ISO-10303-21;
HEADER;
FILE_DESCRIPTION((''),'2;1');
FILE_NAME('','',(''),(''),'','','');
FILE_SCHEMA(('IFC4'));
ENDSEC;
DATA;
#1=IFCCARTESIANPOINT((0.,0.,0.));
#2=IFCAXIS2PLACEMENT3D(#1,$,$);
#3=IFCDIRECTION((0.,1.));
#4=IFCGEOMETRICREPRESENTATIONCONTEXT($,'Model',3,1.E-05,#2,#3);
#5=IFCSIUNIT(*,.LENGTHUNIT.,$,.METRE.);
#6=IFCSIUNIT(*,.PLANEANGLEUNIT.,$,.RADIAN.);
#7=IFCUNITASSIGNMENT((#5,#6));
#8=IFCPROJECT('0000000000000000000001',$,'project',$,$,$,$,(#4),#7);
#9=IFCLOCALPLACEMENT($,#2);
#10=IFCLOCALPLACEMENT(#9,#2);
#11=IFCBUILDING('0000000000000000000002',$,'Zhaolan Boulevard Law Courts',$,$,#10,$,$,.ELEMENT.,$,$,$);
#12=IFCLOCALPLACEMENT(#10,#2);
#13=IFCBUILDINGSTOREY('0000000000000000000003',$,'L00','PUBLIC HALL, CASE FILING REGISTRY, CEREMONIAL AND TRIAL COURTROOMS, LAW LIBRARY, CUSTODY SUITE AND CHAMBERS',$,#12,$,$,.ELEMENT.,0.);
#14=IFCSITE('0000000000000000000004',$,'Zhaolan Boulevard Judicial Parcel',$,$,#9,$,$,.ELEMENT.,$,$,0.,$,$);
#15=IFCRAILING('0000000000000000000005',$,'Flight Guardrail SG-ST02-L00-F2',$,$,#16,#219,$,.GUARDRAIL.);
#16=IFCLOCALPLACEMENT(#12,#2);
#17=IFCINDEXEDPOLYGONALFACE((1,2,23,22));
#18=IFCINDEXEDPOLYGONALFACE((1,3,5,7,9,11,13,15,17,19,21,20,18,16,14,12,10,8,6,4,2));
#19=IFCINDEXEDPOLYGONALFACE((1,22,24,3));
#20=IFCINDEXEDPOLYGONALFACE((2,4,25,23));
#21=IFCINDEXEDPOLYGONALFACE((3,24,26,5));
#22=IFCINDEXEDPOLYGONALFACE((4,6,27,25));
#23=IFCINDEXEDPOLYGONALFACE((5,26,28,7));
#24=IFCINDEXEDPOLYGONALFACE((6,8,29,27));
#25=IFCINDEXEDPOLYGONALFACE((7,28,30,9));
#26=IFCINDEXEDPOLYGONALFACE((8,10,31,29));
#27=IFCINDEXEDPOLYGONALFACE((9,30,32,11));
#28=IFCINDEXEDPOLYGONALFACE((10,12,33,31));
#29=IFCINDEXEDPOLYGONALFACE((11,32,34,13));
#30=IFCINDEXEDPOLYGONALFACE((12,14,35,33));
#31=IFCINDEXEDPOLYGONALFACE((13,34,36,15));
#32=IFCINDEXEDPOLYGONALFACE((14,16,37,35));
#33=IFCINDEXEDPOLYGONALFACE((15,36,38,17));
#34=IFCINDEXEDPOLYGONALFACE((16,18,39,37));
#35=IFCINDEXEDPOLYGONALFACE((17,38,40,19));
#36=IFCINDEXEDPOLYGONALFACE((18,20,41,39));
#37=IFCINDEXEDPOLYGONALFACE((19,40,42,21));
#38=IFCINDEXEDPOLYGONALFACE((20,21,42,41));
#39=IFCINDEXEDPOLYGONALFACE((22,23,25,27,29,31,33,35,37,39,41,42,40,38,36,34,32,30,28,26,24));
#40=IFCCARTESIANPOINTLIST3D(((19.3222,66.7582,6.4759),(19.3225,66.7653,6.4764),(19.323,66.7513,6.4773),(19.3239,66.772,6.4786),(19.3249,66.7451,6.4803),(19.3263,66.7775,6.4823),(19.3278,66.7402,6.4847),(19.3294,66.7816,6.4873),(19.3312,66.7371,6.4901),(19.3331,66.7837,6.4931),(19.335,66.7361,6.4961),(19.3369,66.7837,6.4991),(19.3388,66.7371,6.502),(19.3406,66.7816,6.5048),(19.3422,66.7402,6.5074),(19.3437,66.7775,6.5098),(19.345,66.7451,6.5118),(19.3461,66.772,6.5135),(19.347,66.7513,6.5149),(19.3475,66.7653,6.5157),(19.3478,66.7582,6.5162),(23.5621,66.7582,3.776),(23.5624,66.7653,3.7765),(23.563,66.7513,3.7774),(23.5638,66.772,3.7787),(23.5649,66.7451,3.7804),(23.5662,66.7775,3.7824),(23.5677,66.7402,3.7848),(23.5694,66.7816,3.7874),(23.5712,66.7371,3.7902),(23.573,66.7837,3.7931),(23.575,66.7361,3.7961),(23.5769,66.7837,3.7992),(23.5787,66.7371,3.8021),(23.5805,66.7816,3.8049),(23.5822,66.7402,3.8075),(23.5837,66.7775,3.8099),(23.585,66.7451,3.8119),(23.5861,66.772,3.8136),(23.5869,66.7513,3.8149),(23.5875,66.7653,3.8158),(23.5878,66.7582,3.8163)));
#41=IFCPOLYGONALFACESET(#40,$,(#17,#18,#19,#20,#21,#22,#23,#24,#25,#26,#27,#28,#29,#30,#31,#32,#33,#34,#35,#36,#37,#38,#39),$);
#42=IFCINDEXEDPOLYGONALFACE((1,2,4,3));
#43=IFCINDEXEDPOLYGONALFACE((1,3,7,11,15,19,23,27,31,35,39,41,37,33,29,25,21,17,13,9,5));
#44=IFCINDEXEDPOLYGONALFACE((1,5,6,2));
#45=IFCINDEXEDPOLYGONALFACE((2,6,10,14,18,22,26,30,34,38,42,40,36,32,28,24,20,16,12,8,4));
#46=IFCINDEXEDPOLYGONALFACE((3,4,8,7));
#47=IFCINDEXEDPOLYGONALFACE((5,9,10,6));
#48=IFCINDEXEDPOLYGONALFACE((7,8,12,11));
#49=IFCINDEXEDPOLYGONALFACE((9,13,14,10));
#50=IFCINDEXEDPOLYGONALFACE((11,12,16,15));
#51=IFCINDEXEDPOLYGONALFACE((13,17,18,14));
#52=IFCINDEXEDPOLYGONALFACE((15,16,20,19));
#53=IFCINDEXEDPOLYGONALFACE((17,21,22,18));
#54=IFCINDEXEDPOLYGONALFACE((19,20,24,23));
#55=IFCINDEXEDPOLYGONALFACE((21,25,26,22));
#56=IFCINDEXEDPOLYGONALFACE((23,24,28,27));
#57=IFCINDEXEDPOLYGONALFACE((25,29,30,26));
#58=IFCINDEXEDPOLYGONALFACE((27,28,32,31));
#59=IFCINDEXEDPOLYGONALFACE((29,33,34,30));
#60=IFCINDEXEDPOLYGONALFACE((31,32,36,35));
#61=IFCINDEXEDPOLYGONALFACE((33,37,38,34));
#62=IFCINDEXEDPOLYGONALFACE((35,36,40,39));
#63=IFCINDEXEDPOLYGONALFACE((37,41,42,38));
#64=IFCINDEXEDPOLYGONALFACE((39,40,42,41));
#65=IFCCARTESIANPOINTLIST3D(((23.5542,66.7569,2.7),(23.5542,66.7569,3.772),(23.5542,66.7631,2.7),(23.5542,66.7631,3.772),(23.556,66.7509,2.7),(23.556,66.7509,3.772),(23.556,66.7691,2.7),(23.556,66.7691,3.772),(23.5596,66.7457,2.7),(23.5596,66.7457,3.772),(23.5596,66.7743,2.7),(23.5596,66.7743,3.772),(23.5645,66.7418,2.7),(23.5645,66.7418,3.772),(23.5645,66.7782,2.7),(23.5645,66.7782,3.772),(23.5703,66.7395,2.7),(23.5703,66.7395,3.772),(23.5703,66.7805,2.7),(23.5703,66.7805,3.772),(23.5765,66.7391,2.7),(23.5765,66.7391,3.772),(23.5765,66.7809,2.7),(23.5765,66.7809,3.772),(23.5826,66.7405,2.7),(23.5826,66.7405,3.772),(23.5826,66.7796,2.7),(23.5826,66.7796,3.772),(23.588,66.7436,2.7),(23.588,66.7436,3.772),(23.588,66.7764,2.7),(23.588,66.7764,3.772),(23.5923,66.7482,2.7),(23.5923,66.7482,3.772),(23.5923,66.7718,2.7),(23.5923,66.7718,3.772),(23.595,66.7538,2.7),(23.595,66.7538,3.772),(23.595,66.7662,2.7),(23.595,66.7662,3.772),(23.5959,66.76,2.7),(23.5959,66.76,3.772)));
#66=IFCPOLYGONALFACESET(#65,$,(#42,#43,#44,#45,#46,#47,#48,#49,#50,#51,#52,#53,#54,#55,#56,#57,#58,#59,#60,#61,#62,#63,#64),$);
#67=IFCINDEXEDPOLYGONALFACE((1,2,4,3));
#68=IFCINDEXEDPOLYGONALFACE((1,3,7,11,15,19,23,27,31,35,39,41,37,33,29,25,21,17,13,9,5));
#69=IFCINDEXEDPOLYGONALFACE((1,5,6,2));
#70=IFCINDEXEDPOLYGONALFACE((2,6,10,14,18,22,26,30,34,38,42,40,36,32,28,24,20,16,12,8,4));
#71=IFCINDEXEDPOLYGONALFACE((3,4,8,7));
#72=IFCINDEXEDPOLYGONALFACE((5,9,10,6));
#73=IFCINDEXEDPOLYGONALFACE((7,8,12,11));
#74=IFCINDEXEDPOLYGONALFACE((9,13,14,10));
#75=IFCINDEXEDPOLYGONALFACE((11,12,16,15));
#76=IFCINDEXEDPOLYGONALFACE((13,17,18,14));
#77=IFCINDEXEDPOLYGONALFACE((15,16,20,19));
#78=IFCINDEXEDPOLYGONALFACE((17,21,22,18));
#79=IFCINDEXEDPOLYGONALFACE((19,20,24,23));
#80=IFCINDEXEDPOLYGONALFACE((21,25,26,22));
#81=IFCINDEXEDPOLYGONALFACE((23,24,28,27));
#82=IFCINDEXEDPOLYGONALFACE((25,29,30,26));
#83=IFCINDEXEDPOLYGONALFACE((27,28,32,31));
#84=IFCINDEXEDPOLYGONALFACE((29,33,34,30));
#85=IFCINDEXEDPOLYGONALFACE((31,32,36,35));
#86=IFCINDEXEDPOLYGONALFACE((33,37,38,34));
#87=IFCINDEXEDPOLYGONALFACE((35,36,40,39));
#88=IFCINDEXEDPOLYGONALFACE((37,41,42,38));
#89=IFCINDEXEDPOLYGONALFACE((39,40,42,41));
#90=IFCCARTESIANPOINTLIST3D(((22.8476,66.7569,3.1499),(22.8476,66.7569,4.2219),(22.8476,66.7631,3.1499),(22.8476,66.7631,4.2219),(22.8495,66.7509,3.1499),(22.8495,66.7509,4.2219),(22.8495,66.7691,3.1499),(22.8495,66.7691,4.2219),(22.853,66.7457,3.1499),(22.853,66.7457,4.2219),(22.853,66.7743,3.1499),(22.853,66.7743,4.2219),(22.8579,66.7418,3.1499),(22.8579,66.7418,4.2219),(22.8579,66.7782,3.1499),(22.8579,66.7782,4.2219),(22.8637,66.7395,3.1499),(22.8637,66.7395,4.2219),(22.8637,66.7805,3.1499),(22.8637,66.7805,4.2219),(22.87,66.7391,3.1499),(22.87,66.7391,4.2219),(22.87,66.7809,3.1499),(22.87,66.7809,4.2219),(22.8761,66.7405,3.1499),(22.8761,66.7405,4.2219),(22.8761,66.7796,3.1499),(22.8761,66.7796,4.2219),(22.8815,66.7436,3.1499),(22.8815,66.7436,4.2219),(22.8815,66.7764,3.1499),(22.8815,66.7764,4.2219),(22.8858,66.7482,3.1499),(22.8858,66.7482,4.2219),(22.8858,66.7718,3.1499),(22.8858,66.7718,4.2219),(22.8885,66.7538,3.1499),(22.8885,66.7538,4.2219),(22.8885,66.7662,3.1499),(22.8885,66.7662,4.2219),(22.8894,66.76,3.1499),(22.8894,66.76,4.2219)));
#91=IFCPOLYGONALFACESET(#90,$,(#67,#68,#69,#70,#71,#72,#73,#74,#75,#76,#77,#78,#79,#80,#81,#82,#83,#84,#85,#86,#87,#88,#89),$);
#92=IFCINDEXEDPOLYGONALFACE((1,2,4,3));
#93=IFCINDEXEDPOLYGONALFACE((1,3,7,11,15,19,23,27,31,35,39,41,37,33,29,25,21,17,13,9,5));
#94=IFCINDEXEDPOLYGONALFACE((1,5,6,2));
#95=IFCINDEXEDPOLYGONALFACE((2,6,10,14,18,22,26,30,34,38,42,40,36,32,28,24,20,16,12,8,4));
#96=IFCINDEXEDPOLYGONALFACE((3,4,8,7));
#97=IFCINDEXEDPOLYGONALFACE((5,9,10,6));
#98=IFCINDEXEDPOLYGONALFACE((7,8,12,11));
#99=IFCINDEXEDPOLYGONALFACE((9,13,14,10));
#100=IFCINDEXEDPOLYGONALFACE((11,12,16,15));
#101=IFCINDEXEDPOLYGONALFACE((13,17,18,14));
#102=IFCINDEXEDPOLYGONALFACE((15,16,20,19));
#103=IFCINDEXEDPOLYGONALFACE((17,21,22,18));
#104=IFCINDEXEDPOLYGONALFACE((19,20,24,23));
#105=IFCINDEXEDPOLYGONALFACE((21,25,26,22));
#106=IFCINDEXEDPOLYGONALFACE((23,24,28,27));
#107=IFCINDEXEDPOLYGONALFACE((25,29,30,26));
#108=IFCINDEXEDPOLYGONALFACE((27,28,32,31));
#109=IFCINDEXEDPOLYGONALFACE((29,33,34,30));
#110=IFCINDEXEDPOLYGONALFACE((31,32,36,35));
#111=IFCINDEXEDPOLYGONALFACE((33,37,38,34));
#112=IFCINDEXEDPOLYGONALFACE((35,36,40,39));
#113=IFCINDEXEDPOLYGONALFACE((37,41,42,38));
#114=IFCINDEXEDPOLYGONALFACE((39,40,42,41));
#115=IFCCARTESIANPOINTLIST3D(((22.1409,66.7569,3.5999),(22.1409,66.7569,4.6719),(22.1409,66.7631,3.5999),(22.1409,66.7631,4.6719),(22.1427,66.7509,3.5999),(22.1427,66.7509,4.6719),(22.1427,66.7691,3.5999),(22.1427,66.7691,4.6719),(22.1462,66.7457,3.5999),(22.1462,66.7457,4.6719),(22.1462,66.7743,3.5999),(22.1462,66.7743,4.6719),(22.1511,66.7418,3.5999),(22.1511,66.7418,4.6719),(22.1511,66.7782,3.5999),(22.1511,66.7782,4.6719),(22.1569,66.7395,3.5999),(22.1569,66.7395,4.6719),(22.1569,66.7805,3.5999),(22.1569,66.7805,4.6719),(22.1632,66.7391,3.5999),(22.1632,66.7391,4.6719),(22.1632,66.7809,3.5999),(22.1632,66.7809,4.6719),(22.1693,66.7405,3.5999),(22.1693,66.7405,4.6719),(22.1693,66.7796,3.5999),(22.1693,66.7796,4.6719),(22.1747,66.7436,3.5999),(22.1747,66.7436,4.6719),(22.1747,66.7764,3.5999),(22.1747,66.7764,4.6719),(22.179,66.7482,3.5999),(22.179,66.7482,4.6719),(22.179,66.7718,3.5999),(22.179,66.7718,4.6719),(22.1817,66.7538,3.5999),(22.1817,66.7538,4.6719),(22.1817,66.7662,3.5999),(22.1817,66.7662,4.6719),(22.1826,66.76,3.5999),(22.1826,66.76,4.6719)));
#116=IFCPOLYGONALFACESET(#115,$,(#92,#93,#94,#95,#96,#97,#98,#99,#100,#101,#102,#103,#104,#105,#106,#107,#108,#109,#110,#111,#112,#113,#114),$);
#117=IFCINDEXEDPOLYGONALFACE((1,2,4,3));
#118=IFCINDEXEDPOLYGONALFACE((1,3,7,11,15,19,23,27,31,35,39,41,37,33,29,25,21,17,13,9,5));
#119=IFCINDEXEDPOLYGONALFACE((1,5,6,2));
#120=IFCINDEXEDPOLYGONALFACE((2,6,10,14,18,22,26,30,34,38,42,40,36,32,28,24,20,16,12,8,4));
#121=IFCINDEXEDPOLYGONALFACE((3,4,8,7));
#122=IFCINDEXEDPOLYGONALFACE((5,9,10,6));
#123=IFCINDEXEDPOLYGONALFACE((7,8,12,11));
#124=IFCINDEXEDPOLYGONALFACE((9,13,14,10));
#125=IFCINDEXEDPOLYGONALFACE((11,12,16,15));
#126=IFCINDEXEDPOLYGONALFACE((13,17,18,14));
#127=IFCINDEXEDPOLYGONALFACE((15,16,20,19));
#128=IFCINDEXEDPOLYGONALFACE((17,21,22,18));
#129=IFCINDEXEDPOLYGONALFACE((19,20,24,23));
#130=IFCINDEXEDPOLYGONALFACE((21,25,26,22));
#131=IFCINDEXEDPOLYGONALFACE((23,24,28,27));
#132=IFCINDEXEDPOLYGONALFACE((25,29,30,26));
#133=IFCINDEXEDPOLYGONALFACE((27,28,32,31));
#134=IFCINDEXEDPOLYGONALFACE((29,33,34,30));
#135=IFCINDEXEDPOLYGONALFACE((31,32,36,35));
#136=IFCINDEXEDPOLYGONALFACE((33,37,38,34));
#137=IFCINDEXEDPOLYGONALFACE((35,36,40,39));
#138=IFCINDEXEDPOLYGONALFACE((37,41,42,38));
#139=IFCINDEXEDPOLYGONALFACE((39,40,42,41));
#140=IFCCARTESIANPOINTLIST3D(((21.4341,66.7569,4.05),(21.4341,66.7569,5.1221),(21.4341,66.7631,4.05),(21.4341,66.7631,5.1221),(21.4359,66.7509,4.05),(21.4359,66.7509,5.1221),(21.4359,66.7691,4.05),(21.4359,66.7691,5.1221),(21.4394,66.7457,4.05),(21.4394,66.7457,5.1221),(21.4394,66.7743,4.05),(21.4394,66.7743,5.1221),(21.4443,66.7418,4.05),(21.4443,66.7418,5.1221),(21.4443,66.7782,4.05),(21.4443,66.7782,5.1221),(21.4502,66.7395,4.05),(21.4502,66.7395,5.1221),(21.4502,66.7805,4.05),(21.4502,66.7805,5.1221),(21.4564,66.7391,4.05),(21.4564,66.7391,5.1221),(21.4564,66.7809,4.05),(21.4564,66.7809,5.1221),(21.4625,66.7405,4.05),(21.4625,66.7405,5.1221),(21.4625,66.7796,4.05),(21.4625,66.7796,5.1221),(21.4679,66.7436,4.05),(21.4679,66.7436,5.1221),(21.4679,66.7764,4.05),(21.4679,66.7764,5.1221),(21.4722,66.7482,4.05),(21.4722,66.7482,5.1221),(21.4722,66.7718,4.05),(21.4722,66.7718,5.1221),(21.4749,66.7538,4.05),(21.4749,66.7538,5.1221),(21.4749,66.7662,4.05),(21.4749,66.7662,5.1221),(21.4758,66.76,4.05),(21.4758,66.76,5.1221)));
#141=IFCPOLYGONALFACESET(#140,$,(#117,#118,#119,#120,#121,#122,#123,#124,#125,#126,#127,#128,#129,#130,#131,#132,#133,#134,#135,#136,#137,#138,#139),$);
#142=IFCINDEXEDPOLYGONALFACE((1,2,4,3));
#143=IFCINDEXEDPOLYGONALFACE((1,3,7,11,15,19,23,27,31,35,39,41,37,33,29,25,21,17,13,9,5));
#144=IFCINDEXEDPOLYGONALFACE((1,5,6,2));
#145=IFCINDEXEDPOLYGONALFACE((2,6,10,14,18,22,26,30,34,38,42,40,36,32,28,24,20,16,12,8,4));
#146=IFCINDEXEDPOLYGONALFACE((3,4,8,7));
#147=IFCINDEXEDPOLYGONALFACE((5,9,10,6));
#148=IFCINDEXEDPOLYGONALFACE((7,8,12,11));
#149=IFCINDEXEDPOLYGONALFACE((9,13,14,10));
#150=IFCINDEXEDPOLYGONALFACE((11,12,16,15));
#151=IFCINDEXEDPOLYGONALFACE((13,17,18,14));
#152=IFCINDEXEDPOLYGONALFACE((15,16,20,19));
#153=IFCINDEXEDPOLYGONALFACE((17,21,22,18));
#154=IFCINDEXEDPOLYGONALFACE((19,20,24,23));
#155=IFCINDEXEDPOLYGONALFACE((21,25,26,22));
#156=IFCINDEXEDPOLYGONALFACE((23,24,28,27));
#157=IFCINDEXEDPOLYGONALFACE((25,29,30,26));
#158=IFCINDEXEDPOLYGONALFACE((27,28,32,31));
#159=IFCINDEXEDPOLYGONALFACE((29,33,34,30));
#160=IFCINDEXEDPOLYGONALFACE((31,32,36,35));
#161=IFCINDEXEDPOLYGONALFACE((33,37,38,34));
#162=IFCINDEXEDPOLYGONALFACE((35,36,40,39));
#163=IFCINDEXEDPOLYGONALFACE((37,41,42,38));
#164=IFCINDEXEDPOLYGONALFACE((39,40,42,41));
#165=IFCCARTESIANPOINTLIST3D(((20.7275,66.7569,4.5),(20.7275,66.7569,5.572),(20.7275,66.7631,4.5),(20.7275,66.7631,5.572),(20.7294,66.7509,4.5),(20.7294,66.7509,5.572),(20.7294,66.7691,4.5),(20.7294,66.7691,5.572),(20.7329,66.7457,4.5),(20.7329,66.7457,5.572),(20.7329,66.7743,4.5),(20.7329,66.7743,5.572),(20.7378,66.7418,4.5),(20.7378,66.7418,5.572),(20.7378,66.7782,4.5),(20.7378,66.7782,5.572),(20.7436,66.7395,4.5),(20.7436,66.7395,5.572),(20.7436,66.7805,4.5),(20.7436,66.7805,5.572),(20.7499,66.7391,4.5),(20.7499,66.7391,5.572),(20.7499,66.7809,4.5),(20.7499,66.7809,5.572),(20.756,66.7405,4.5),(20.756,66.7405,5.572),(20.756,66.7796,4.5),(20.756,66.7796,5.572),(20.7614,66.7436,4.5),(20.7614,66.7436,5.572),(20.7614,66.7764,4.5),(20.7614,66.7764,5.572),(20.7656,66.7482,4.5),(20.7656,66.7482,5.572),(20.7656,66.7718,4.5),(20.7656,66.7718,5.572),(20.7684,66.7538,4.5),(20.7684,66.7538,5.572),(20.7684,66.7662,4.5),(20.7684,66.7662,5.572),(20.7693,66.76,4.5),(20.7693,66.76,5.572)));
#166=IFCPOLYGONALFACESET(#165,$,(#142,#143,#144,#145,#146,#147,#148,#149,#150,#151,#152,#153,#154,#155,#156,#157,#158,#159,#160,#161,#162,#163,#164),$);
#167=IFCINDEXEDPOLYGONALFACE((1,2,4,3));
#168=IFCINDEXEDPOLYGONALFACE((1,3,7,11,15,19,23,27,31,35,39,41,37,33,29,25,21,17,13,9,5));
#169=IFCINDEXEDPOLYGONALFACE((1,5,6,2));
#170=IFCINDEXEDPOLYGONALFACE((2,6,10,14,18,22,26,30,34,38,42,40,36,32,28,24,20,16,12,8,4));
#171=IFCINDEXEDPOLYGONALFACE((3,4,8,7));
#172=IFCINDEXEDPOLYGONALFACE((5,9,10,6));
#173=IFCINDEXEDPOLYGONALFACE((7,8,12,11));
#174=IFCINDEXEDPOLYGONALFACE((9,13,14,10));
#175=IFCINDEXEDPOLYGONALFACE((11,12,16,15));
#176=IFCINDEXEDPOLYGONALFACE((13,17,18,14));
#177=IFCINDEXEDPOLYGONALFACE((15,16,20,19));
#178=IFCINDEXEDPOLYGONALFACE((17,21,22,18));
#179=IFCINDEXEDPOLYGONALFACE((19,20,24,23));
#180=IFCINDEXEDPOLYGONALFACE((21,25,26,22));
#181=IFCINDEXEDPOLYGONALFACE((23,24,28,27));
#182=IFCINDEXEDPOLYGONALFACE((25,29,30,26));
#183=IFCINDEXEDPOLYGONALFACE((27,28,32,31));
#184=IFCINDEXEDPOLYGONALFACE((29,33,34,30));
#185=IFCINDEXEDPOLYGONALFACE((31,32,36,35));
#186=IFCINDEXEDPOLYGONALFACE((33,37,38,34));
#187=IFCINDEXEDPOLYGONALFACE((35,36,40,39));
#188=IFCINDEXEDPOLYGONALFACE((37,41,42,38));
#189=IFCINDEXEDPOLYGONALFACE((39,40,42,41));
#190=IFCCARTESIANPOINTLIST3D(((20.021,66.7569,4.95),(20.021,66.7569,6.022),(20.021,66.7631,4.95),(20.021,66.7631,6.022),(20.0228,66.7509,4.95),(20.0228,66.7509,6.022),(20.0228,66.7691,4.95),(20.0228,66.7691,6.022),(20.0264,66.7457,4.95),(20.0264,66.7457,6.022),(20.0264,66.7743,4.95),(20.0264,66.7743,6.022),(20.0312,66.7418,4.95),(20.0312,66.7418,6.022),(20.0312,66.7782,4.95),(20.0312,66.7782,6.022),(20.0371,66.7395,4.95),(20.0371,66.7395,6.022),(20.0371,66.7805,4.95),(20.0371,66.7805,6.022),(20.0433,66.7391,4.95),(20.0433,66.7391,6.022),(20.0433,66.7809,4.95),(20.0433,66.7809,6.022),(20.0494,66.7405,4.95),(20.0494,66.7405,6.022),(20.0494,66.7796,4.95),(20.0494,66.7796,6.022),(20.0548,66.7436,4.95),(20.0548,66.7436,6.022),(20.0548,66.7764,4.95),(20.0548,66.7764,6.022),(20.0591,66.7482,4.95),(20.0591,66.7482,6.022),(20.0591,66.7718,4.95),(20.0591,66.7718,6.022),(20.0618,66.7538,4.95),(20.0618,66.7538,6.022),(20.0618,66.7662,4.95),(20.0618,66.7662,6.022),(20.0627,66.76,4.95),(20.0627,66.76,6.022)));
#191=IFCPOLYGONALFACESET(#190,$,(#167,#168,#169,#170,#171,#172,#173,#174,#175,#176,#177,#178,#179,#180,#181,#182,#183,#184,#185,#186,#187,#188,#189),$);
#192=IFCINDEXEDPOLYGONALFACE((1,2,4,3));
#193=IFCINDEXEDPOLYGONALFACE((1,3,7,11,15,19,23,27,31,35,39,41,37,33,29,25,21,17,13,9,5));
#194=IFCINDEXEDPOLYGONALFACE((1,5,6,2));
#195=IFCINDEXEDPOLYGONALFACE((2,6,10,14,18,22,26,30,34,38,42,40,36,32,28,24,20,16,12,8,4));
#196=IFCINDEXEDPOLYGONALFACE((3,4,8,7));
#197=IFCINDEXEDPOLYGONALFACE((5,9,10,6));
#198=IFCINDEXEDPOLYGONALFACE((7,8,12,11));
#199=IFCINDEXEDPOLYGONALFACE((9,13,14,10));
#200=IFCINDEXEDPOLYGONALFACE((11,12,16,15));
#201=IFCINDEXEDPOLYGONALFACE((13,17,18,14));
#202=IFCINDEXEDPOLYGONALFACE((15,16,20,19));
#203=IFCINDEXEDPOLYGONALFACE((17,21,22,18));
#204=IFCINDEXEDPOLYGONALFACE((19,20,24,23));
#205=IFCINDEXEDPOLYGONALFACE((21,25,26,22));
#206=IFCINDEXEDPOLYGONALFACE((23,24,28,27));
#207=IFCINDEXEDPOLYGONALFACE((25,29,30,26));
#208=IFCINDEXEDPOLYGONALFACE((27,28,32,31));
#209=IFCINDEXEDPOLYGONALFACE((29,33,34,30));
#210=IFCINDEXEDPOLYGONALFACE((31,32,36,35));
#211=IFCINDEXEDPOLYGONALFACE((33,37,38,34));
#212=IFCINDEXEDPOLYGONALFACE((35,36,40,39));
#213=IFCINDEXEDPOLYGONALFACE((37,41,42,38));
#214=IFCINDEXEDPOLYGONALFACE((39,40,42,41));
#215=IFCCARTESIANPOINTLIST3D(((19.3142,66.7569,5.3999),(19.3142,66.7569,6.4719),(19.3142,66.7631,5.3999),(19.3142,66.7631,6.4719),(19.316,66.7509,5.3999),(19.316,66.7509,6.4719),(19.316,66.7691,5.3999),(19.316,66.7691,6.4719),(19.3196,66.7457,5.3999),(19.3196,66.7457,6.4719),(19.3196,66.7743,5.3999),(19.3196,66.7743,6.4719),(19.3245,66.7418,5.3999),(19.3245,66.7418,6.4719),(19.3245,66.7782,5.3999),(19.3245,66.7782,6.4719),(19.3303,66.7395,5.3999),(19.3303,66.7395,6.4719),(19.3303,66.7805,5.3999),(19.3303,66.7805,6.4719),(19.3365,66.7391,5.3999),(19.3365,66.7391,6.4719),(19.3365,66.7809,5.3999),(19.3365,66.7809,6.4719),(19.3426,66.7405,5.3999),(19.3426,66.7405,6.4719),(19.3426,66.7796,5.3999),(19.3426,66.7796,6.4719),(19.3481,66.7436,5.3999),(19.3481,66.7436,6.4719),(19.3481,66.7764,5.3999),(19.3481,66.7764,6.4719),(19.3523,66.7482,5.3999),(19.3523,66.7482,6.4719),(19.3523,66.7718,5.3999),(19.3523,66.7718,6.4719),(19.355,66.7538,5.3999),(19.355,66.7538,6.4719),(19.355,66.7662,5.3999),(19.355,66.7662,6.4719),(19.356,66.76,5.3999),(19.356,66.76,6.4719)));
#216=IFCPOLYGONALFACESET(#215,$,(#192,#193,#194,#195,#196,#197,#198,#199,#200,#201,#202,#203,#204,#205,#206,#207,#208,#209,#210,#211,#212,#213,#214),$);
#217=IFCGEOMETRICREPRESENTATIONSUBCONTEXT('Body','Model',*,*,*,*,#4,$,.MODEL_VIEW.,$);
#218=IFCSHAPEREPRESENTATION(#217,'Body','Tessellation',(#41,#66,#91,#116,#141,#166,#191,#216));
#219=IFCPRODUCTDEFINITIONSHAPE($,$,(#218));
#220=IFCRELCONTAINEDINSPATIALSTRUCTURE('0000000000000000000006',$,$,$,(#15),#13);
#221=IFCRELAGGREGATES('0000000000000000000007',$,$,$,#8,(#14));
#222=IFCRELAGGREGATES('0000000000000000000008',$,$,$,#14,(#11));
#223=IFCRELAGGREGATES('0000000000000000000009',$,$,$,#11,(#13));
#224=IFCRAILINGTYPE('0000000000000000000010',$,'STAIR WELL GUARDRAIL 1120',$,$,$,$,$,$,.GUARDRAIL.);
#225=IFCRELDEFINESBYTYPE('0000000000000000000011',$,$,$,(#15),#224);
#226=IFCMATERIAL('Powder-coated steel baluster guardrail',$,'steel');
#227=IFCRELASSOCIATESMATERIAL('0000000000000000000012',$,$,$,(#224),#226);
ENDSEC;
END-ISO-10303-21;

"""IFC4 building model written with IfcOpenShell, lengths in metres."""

from ifc_helpers import new_model, si_unit, direction, frame, origin, origin_2d, place, context, subcontext, project, spatial, circle, extrude, material, type_object, element, save


model = new_model("IFC4")

# Units and contexts
model_context = context("Model", 3, precision=1e-05, world=origin(), true_north=direction((0.0, 1.0)))
body_context = subcontext(model_context, "Body", "Model", "MODEL_VIEW")
ifc_project = project(units=[si_unit("LENGTHUNIT", "METRE"), si_unit("PLANEANGLEUNIT", "RADIAN")], contexts=[model_context])

# Site, building, storey
site_placement = place(None, origin())
site = spatial("IfcSite", under=ifc_project, at=site_placement, Name="Zhaolan Boulevard Judicial Parcel", CompositionType="ELEMENT", RefElevation=0.0)
building_placement = place(site_placement, origin())
building = spatial("IfcBuilding", under=site, at=building_placement, Name="Zhaolan Boulevard Law Courts", CompositionType="ELEMENT")
storey_placement = place(building_placement, origin())
storey = spatial("IfcBuildingStorey", under=building, at=storey_placement, Name="L00", Description="PUBLIC HALL, CASE FILING REGISTRY, CEREMONIAL AND TRIAL COURTROOMS, LAW LIBRARY, CUSTODY SUITE AND CHAMBERS", CompositionType="ELEMENT", Elevation=0.0)

# Railing
ifc_material_1 = material(Name="Powder-coated steel baluster guardrail", Category="steel")
railing_type_1 = type_object("IfcRailingType", Name="STAIR WELL GUARDRAIL 1120", PredefinedType="GUARDRAIL", material=ifc_material_1)
railing_1_placement = place(storey_placement, frame((23.575, 66.76, 2.7)))
element("IfcRailing", 1, at=railing_1_placement, inside=storey, type_object=railing_type_1, Name="Flight Guardrail SG-ST02-L00-F2", PredefinedType="GUARDRAIL", context=body_context, shape_type="SweptSolid", body=[
    extrude(circle(Radius=0.0239, at=origin_2d()), frame((0.0, 0.0, 1.0962), z_axis=(-0.843501, 0.0, 0.537127), x_axis=(0.0, -1.0, 0.0)), (0.0, 0.0, 1.0), 5.0266),
    extrude(circle(Radius=0.021, at=origin_2d()), origin(), (0.0, 0.0, 1.0), 1.072),
    extrude(circle(Radius=0.021, at=origin_2d()), frame((-0.7065, 0.0, 0.45)), (0.0, 0.0, 1.0), 1.072),
    extrude(circle(Radius=0.021, at=origin_2d()), frame((-1.4133, 0.0, 0.8999)), (0.0, 0.0, 1.0), 1.072),
    extrude(circle(Radius=0.021, at=origin_2d()), frame((-2.1201, 0.0, 1.3501)), (0.0, 0.0, 1.0), 1.072),
    extrude(circle(Radius=0.021, at=origin_2d()), frame((-2.8267, 0.0, 1.8)), (0.0, 0.0, 1.0), 1.072),
    extrude(circle(Radius=0.021, at=origin_2d()), frame((-3.5332, 0.0, 2.25)), (0.0, 0.0, 1.0), 1.072),
    extrude(circle(Radius=0.021, at=origin_2d()), frame((-4.24, 0.0, 2.7)), (0.0, 0.0, 1.0), 1.072),
])

save(model, "model.ifc")
